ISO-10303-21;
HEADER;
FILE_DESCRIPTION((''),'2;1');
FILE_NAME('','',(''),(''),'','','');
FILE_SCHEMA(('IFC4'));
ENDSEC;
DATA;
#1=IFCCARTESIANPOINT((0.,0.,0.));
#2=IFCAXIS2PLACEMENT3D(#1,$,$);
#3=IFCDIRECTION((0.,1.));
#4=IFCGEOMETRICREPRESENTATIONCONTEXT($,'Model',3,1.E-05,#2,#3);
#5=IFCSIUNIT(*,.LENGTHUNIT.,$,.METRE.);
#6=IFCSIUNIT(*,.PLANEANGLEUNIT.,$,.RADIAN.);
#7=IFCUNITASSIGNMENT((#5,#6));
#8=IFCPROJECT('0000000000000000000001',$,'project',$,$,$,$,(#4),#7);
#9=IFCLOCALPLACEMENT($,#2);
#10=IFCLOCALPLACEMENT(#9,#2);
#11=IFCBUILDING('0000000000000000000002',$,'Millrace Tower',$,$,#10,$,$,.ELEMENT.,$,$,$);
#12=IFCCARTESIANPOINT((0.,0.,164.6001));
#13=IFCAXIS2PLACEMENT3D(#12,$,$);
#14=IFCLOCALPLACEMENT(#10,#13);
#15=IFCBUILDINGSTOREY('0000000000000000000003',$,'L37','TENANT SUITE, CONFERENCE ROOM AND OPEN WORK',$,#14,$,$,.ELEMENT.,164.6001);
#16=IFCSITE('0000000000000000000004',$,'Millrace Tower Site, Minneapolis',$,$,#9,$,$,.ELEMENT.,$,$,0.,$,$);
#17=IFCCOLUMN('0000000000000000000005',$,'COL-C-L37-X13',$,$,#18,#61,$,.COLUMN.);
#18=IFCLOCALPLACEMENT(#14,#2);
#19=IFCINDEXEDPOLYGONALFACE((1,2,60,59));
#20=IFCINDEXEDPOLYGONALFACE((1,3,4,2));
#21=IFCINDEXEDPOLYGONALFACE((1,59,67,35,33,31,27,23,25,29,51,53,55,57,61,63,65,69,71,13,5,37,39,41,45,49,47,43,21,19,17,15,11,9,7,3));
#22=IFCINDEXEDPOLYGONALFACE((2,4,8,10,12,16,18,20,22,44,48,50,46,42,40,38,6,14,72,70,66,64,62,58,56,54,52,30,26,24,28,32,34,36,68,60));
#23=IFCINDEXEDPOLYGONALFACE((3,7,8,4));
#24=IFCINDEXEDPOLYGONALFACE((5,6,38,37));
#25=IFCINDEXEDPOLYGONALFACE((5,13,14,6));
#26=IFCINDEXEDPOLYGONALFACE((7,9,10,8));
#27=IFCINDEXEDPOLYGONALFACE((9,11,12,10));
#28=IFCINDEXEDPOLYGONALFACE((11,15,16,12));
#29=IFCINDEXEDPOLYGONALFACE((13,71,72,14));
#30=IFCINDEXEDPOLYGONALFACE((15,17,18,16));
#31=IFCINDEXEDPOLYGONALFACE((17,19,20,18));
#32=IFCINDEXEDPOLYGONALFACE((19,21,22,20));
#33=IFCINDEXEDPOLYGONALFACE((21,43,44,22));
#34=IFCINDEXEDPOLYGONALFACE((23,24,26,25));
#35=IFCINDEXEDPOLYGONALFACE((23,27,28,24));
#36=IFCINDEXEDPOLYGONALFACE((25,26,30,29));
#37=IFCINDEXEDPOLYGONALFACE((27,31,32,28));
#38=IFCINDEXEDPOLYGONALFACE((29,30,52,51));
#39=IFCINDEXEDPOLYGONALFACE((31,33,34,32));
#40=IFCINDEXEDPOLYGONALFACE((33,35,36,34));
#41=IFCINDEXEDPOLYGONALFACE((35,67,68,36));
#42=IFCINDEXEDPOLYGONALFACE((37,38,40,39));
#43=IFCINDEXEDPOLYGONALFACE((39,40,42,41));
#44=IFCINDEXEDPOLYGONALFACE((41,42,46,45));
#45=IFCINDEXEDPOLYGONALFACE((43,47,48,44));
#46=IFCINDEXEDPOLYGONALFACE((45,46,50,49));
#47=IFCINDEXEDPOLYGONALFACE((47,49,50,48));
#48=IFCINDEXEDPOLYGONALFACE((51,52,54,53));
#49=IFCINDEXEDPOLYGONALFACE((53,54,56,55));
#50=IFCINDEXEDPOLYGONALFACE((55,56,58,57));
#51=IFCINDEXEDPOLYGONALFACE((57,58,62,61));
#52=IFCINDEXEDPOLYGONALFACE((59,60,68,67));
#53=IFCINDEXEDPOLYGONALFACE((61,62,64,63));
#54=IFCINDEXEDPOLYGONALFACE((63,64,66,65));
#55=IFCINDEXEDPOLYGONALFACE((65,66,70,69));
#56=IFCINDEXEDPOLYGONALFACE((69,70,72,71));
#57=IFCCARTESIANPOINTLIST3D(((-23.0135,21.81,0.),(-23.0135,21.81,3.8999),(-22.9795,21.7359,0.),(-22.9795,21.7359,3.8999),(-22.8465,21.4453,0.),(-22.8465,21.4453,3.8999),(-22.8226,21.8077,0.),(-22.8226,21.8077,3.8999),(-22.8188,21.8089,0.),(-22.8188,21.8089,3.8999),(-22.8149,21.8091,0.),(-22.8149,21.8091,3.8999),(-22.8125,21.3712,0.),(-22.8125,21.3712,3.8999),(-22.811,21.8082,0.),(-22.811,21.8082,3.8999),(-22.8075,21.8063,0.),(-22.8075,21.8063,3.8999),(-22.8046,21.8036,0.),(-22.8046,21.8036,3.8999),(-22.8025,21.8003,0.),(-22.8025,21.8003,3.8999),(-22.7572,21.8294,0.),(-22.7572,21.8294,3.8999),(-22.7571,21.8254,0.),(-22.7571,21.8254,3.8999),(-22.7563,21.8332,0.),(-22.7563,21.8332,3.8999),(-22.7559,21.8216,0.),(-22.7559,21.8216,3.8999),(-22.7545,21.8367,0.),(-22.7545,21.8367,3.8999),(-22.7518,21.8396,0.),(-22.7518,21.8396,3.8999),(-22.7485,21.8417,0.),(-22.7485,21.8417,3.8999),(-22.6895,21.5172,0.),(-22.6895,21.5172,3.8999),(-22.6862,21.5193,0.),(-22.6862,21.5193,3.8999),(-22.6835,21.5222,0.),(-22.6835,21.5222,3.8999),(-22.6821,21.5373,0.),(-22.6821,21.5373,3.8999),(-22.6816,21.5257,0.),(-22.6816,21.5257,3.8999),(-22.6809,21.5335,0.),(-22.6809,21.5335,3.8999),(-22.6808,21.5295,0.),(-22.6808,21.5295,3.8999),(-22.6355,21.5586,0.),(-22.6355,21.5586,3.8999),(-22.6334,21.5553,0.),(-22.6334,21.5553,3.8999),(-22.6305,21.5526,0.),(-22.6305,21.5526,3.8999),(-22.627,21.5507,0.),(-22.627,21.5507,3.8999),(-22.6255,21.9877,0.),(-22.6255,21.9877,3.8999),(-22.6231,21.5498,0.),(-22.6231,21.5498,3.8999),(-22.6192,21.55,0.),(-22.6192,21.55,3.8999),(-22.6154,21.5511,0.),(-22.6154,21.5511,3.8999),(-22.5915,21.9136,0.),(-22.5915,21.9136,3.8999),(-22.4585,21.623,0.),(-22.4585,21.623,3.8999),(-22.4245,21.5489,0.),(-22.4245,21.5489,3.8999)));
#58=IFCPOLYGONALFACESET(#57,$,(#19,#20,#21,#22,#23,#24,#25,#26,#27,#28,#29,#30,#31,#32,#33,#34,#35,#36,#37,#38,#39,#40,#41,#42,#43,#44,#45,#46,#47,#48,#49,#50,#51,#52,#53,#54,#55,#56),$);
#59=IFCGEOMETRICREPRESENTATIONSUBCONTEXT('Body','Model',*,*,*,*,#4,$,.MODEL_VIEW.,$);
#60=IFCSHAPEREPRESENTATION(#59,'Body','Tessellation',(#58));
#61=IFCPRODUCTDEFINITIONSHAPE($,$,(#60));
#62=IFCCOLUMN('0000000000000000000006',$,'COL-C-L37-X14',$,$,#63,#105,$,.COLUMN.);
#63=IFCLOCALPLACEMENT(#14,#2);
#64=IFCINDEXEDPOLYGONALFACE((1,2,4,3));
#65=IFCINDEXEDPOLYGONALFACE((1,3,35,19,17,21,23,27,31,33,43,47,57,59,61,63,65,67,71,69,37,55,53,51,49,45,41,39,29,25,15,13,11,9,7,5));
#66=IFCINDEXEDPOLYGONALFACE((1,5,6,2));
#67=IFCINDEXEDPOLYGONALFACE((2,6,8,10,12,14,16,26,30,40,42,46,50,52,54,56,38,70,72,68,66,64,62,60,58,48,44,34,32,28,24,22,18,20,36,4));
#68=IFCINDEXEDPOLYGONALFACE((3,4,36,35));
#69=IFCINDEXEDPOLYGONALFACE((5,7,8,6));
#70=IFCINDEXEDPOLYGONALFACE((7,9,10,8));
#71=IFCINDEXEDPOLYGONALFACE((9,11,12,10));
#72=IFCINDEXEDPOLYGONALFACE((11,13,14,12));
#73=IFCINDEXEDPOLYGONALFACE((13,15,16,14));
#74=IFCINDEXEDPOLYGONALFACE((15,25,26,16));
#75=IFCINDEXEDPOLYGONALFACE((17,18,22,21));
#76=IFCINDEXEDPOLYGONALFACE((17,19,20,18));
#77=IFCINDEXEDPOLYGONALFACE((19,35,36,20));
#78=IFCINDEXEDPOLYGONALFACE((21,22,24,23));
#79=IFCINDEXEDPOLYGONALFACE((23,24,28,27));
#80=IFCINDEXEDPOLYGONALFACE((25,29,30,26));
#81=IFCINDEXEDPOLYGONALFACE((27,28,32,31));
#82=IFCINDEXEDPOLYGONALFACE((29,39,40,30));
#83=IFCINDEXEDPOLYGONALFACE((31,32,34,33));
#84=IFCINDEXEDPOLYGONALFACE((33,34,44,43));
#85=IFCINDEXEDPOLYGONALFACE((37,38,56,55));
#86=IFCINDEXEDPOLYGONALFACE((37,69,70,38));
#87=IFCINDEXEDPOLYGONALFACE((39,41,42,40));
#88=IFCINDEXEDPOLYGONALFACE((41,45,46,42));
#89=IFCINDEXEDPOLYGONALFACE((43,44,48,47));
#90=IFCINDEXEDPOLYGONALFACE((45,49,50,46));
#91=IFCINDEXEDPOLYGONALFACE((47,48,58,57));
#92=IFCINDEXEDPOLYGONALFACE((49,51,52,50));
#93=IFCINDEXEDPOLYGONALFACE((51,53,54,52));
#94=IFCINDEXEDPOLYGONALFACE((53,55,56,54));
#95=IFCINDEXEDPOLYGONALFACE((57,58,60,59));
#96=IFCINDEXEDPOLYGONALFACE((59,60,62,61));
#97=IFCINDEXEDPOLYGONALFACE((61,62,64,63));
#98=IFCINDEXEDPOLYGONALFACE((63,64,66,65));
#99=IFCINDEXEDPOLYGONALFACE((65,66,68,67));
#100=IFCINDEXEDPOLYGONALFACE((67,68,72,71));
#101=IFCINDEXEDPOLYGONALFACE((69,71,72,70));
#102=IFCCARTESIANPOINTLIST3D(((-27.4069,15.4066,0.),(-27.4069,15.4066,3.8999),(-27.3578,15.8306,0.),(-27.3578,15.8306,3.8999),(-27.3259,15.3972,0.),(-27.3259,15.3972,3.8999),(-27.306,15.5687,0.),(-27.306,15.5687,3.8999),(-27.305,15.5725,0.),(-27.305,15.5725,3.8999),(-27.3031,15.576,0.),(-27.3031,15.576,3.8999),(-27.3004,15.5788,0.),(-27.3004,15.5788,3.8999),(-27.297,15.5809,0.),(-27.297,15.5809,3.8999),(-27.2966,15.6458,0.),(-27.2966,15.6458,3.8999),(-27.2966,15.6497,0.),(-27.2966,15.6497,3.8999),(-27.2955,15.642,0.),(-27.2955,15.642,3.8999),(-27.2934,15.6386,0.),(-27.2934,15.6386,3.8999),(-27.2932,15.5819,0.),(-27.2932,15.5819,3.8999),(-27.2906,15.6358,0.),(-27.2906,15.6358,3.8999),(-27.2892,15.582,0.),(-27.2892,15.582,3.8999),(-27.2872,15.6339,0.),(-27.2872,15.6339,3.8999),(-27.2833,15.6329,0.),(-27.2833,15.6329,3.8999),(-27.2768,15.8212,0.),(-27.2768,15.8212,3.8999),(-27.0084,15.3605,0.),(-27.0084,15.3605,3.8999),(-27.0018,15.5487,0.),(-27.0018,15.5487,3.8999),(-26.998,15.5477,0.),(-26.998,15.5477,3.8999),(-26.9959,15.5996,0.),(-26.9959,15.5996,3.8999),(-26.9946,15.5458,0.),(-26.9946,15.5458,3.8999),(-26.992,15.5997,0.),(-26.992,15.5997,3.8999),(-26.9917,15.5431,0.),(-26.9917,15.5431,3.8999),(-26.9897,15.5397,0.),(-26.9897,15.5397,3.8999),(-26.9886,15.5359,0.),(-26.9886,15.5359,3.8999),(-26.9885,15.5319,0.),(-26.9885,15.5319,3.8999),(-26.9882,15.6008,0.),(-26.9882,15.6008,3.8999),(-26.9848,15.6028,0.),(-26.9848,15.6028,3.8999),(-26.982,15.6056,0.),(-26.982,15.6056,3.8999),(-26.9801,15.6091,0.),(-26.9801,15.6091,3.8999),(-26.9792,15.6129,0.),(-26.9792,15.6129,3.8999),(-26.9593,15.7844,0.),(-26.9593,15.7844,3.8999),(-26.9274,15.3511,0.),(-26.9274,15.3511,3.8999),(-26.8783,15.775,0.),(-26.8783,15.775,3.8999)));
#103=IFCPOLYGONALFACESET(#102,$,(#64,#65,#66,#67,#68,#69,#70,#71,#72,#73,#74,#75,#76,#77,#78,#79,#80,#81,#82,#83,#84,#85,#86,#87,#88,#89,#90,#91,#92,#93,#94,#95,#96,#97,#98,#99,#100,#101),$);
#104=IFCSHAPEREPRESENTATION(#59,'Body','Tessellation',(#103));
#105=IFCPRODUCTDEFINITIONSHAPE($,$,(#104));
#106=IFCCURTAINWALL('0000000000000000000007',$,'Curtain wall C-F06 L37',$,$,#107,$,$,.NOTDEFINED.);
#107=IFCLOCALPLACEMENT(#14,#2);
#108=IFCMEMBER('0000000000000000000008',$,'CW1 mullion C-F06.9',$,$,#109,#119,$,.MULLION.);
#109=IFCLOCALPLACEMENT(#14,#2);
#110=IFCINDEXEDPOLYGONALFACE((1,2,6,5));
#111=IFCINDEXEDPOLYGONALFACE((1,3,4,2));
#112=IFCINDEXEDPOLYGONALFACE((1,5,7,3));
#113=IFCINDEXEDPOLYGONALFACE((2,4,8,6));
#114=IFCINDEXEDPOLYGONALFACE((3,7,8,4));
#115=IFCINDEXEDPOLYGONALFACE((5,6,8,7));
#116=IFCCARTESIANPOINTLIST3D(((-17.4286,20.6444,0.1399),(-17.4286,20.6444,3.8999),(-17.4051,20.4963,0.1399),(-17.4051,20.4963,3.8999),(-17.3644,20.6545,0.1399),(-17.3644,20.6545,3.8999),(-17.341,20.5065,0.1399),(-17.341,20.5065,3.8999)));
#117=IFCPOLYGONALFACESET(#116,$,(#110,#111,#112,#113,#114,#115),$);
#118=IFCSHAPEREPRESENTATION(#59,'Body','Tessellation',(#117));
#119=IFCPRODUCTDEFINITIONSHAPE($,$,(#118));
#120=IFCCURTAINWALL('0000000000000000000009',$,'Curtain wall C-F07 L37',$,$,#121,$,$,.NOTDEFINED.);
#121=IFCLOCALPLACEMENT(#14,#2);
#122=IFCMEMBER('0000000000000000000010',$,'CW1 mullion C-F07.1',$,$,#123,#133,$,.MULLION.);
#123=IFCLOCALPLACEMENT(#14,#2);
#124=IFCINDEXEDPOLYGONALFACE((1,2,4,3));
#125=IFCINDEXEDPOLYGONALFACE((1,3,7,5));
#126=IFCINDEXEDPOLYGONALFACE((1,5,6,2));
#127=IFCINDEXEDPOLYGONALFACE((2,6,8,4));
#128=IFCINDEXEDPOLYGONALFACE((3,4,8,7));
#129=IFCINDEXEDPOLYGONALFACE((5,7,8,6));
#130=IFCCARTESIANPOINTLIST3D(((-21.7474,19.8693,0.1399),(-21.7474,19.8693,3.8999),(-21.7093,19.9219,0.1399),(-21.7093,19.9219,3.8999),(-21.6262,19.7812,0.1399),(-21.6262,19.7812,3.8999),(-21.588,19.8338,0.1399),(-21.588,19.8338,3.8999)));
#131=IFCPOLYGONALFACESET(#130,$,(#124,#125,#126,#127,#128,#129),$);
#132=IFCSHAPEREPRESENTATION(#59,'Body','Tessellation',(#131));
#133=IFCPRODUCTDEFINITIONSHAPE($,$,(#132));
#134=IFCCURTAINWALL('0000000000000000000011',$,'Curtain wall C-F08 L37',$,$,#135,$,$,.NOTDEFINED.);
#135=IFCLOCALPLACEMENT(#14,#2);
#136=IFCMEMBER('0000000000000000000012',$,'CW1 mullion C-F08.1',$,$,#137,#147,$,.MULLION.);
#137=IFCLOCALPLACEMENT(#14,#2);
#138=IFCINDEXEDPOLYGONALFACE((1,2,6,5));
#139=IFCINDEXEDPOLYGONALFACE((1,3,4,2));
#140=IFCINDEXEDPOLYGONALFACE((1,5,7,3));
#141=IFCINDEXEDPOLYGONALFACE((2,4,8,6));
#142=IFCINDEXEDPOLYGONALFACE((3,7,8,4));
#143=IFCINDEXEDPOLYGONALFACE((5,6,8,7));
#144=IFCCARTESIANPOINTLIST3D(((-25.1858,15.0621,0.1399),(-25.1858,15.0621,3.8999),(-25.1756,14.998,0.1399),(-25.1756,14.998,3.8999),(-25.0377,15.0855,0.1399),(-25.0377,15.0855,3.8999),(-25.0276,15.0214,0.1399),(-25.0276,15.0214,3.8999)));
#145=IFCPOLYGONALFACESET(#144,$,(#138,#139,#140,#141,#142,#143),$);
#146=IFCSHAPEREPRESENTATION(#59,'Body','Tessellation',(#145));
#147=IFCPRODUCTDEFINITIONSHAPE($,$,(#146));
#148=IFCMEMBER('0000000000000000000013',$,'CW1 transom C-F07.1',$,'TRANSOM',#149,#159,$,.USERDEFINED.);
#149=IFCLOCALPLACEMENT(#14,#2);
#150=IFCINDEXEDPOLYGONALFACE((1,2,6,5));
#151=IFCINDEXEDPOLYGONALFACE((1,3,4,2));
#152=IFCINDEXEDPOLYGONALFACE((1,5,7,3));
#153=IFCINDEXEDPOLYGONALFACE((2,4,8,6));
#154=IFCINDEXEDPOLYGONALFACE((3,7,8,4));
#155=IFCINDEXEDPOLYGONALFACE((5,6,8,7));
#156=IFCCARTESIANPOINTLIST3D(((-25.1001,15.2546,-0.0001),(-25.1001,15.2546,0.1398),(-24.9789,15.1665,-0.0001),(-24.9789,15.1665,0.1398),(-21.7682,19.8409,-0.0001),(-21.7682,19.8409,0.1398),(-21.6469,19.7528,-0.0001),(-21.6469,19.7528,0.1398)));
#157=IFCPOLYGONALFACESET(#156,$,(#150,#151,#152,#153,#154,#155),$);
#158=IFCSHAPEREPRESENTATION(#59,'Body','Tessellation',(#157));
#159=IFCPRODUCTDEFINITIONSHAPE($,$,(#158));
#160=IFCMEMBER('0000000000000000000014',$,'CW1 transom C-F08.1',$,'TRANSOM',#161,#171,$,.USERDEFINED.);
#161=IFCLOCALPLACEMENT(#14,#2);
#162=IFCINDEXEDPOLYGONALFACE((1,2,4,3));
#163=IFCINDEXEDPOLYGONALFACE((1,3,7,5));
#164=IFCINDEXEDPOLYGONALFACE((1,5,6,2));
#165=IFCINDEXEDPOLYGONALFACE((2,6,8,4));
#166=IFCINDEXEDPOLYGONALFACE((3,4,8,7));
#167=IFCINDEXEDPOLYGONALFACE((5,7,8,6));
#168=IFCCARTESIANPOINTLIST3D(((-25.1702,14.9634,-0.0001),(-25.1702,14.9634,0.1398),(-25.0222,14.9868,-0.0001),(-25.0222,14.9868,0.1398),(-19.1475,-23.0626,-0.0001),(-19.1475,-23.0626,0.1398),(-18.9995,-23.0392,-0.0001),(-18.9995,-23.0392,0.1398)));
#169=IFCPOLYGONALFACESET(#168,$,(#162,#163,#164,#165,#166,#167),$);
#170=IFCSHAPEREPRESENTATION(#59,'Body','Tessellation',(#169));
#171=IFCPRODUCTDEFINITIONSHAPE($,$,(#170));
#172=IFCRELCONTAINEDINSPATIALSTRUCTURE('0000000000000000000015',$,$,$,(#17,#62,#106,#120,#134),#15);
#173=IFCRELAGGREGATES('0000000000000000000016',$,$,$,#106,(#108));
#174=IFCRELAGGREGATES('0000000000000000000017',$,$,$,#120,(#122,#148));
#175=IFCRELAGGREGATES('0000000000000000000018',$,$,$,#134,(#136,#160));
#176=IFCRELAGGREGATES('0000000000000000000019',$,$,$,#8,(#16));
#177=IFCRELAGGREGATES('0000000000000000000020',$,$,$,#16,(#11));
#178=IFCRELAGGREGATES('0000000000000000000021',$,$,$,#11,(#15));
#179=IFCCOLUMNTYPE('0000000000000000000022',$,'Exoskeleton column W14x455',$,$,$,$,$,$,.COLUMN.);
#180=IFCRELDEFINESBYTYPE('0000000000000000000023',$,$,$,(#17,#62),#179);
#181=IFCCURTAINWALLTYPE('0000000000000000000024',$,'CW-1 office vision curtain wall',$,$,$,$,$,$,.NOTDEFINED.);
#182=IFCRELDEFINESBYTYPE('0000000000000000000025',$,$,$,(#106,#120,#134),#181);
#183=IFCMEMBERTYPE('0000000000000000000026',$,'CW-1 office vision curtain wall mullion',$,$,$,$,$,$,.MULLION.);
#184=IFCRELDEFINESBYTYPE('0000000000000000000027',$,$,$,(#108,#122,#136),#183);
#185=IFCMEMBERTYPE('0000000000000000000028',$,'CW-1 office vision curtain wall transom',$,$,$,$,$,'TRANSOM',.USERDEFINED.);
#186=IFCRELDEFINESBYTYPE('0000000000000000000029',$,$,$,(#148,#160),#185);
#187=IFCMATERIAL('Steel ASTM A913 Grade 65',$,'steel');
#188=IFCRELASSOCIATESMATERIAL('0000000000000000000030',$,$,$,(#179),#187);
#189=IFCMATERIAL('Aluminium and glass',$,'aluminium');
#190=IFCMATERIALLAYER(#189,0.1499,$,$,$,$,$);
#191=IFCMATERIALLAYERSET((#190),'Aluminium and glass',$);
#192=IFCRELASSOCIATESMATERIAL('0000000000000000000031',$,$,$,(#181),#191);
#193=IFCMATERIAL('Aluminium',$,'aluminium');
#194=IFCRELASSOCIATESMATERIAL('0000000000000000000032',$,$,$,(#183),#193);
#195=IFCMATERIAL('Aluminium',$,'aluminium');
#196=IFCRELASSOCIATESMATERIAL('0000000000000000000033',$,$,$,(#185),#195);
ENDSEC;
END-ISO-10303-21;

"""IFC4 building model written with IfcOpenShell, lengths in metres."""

from ifc_helpers import new_model, si_unit, direction, frame, origin, origin_2d, place, context, subcontext, project, spatial, rectangle, i_section, extrude, material, layer, layer_set, material_profile, profile_set, type_object, element, aggregate, save


model = new_model("IFC4")

# Units and contexts
model_context = context("Model", 3, precision=1e-05, world=origin(), true_north=direction((0.0, 1.0)))
body_context = subcontext(model_context, "Body", "Model", "MODEL_VIEW")
ifc_project = project(units=[si_unit("LENGTHUNIT", "METRE"), si_unit("PLANEANGLEUNIT", "RADIAN")], contexts=[model_context])

# Site, building, storey
site_placement = place(None, origin())
site = spatial("IfcSite", under=ifc_project, at=site_placement, Name="Millrace Tower Site, Minneapolis", CompositionType="ELEMENT", RefElevation=0.0)
building_placement = place(site_placement, origin())
building = spatial("IfcBuilding", under=site, at=building_placement, Name="Millrace Tower", CompositionType="ELEMENT")
storey_placement = place(building_placement, frame((0.0, 0.0, 164.6001)))
storey = spatial("IfcBuildingStorey", under=building, at=storey_placement, Name="L37", Description="TENANT SUITE, CONFERENCE ROOM AND OPEN WORK", CompositionType="ELEMENT", Elevation=164.6001)

# Columns
ifc_material_1 = material(Name="Steel ASTM A913 Grade 65", Category="steel")
ifc_material_profile_1 = material_profile(ifc_material_1, i_section(OverallWidth=0.4268, OverallDepth=0.4827, WebThickness=0.0513, FlangeThickness=0.0815, FilletRadius=0.0151, at=origin_2d()))
ifc_profile_set_1 = profile_set([ifc_material_profile_1], Name="Steel ASTM A913 Grade 65")
column_type = type_object("IfcColumnType", Name="Exoskeleton column W14x455", PredefinedType="COLUMN", material=ifc_profile_set_1)
for number, where, z_axis, x_axis, name in (
    (1, (-22.719, 21.6794, 0.0), (0.0, 0.0, 1.0), (-0.909181, -0.416401, 0.0), "COL-C-L37-X13"),
    (2, (-27.1426, 15.5908, 0.0), (0.0, 0.0, 1.0), (-0.115069, -0.993358, 0.0), "COL-C-L37-X14"),
):
    element("IfcColumn", number, at=place(storey_placement, frame(where, z_axis=z_axis, x_axis=x_axis)), inside=storey, type_object=column_type, Name=name, PredefinedType="COLUMN", context=body_context, shape_type="SweptSolid", body=[
        extrude(i_section(OverallWidth=0.4268, OverallDepth=0.4827, WebThickness=0.0513, FlangeThickness=0.0815, FilletRadius=0.0151, at=origin_2d()), origin(), (0.0, 0.0, 1.0), 3.8999),
    ])

# Curtain walls, members
ifc_material_2 = material(Name="Aluminium and glass", Category="aluminium")
ifc_layer_1 = layer(ifc_material_2, 0.1499)
ifc_layer_set_1 = layer_set([ifc_layer_1], Name="Aluminium and glass")
curtain_wall_type = type_object("IfcCurtainWallType", Name="CW-1 office vision curtain wall", PredefinedType="NOTDEFINED", material=ifc_layer_set_1)
placement = place(storey_placement, origin())
curtain_wall_1 = element("IfcCurtainWall", 3, at=placement, inside=storey, type_object=curtain_wall_type, Name="Curtain wall C-F06 L37", PredefinedType="NOTDEFINED")
ifc_material_3 = material(Name="Aluminium", Category="aluminium")
ifc_material_profile_2 = material_profile(ifc_material_3, rectangle(XDim=0.0649, YDim=0.1499, at=origin_2d()))
ifc_profile_set_2 = profile_set([ifc_material_profile_2], Name="Aluminium")
member_type_1 = type_object("IfcMemberType", Name="CW-1 office vision curtain wall mullion", PredefinedType="MULLION", material=ifc_profile_set_2)
member_1_placement = place(storey_placement, frame((-17.3848, 20.5754, 0.1399), z_axis=(0.0, 0.0, 1.0), x_axis=(-0.987688, -0.156434, 0.0)))
member_1 = element("IfcMember", 4, at=member_1_placement, type_object=member_type_1, Name="CW1 mullion C-F06.9", PredefinedType="MULLION", context=body_context, shape_type="SweptSolid", body=[
    extrude(rectangle(XDim=0.0649, YDim=0.1499, at=origin_2d()), origin(), (0.0, 0.0, 1.0), 3.76),
])
aggregate(curtain_wall_1, [member_1])
curtain_wall_2 = element("IfcCurtainWall", 5, at=placement, inside=storey, type_object=curtain_wall_type, Name="Curtain wall C-F07 L37", PredefinedType="NOTDEFINED")
member_2_placement = place(storey_placement, frame((-21.6677, 19.8516, 0.1399), z_axis=(0.0, 0.0, 1.0), x_axis=(-0.587785, -0.809017, 0.0)))
member_2 = element("IfcMember", 6, at=member_2_placement, type_object=member_type_1, Name="CW1 mullion C-F07.1", PredefinedType="MULLION", context=body_context, shape_type="SweptSolid", body=[
    extrude(rectangle(XDim=0.0649, YDim=0.1499, at=origin_2d()), origin(), (0.0, 0.0, 1.0), 3.76),
])
curtain_wall_3 = element("IfcCurtainWall", 7, at=placement, inside=storey, type_object=curtain_wall_type, Name="Curtain wall C-F08 L37", PredefinedType="NOTDEFINED")
member_3_placement = place(storey_placement, frame((-25.1067, 15.0417, 0.1399), z_axis=(0.0, 0.0, 1.0), x_axis=(0.156434, -0.987688, 0.0)))
member_3 = element("IfcMember", 8, at=member_3_placement, type_object=member_type_1, Name="CW1 mullion C-F08.1", PredefinedType="MULLION", context=body_context, shape_type="SweptSolid", body=[
    extrude(rectangle(XDim=0.0649, YDim=0.1499, at=origin_2d()), origin(), (0.0, 0.0, 1.0), 3.76),
])

# Members
ifc_material_4 = material(Name="Aluminium", Category="aluminium")
ifc_material_profile_3 = material_profile(ifc_material_4, rectangle(XDim=0.1499, YDim=0.1399, at=origin_2d()))
ifc_profile_set_3 = profile_set([ifc_material_profile_3], Name="Aluminium")
member_type_2 = type_object("IfcMemberType", Name="CW-1 office vision curtain wall transom", ElementType="TRANSOM", PredefinedType="USERDEFINED", material=ifc_profile_set_3)
member_4_placement = place(storey_placement, frame((-21.7075, 19.7969, 0.0698), z_axis=(-0.587762, -0.809034, 0.0), x_axis=(0.809034, -0.587762, 0.0)))
member_4 = element("IfcMember", 9, at=member_4_placement, type_object=member_type_2, Name="CW1 transom C-F07.1", ObjectType="TRANSOM", PredefinedType="USERDEFINED", context=body_context, shape_type="SweptSolid", body=[
    extrude(rectangle(XDim=0.1499, YDim=0.1399, at=origin_2d()), origin(), (0.0, 0.0, 1.0), 5.6689),
])
aggregate(curtain_wall_2, [member_2, member_4])
member_5_placement = place(storey_placement, frame((-25.0962, 14.9751, 0.0698), z_axis=(0.156433, -0.987689, 0.0), x_axis=(0.987689, 0.156433, 0.0)))
member_5 = element("IfcMember", 10, at=member_5_placement, type_object=member_type_2, Name="CW1 transom C-F08.1", ObjectType="TRANSOM", PredefinedType="USERDEFINED", context=body_context, shape_type="SweptSolid", body=[
    extrude(rectangle(XDim=0.1499, YDim=0.1399, at=origin_2d()), origin(), (0.0, 0.0, 1.0), 38.5),
])
aggregate(curtain_wall_3, [member_3, member_5])

save(model, "model.ifc")
